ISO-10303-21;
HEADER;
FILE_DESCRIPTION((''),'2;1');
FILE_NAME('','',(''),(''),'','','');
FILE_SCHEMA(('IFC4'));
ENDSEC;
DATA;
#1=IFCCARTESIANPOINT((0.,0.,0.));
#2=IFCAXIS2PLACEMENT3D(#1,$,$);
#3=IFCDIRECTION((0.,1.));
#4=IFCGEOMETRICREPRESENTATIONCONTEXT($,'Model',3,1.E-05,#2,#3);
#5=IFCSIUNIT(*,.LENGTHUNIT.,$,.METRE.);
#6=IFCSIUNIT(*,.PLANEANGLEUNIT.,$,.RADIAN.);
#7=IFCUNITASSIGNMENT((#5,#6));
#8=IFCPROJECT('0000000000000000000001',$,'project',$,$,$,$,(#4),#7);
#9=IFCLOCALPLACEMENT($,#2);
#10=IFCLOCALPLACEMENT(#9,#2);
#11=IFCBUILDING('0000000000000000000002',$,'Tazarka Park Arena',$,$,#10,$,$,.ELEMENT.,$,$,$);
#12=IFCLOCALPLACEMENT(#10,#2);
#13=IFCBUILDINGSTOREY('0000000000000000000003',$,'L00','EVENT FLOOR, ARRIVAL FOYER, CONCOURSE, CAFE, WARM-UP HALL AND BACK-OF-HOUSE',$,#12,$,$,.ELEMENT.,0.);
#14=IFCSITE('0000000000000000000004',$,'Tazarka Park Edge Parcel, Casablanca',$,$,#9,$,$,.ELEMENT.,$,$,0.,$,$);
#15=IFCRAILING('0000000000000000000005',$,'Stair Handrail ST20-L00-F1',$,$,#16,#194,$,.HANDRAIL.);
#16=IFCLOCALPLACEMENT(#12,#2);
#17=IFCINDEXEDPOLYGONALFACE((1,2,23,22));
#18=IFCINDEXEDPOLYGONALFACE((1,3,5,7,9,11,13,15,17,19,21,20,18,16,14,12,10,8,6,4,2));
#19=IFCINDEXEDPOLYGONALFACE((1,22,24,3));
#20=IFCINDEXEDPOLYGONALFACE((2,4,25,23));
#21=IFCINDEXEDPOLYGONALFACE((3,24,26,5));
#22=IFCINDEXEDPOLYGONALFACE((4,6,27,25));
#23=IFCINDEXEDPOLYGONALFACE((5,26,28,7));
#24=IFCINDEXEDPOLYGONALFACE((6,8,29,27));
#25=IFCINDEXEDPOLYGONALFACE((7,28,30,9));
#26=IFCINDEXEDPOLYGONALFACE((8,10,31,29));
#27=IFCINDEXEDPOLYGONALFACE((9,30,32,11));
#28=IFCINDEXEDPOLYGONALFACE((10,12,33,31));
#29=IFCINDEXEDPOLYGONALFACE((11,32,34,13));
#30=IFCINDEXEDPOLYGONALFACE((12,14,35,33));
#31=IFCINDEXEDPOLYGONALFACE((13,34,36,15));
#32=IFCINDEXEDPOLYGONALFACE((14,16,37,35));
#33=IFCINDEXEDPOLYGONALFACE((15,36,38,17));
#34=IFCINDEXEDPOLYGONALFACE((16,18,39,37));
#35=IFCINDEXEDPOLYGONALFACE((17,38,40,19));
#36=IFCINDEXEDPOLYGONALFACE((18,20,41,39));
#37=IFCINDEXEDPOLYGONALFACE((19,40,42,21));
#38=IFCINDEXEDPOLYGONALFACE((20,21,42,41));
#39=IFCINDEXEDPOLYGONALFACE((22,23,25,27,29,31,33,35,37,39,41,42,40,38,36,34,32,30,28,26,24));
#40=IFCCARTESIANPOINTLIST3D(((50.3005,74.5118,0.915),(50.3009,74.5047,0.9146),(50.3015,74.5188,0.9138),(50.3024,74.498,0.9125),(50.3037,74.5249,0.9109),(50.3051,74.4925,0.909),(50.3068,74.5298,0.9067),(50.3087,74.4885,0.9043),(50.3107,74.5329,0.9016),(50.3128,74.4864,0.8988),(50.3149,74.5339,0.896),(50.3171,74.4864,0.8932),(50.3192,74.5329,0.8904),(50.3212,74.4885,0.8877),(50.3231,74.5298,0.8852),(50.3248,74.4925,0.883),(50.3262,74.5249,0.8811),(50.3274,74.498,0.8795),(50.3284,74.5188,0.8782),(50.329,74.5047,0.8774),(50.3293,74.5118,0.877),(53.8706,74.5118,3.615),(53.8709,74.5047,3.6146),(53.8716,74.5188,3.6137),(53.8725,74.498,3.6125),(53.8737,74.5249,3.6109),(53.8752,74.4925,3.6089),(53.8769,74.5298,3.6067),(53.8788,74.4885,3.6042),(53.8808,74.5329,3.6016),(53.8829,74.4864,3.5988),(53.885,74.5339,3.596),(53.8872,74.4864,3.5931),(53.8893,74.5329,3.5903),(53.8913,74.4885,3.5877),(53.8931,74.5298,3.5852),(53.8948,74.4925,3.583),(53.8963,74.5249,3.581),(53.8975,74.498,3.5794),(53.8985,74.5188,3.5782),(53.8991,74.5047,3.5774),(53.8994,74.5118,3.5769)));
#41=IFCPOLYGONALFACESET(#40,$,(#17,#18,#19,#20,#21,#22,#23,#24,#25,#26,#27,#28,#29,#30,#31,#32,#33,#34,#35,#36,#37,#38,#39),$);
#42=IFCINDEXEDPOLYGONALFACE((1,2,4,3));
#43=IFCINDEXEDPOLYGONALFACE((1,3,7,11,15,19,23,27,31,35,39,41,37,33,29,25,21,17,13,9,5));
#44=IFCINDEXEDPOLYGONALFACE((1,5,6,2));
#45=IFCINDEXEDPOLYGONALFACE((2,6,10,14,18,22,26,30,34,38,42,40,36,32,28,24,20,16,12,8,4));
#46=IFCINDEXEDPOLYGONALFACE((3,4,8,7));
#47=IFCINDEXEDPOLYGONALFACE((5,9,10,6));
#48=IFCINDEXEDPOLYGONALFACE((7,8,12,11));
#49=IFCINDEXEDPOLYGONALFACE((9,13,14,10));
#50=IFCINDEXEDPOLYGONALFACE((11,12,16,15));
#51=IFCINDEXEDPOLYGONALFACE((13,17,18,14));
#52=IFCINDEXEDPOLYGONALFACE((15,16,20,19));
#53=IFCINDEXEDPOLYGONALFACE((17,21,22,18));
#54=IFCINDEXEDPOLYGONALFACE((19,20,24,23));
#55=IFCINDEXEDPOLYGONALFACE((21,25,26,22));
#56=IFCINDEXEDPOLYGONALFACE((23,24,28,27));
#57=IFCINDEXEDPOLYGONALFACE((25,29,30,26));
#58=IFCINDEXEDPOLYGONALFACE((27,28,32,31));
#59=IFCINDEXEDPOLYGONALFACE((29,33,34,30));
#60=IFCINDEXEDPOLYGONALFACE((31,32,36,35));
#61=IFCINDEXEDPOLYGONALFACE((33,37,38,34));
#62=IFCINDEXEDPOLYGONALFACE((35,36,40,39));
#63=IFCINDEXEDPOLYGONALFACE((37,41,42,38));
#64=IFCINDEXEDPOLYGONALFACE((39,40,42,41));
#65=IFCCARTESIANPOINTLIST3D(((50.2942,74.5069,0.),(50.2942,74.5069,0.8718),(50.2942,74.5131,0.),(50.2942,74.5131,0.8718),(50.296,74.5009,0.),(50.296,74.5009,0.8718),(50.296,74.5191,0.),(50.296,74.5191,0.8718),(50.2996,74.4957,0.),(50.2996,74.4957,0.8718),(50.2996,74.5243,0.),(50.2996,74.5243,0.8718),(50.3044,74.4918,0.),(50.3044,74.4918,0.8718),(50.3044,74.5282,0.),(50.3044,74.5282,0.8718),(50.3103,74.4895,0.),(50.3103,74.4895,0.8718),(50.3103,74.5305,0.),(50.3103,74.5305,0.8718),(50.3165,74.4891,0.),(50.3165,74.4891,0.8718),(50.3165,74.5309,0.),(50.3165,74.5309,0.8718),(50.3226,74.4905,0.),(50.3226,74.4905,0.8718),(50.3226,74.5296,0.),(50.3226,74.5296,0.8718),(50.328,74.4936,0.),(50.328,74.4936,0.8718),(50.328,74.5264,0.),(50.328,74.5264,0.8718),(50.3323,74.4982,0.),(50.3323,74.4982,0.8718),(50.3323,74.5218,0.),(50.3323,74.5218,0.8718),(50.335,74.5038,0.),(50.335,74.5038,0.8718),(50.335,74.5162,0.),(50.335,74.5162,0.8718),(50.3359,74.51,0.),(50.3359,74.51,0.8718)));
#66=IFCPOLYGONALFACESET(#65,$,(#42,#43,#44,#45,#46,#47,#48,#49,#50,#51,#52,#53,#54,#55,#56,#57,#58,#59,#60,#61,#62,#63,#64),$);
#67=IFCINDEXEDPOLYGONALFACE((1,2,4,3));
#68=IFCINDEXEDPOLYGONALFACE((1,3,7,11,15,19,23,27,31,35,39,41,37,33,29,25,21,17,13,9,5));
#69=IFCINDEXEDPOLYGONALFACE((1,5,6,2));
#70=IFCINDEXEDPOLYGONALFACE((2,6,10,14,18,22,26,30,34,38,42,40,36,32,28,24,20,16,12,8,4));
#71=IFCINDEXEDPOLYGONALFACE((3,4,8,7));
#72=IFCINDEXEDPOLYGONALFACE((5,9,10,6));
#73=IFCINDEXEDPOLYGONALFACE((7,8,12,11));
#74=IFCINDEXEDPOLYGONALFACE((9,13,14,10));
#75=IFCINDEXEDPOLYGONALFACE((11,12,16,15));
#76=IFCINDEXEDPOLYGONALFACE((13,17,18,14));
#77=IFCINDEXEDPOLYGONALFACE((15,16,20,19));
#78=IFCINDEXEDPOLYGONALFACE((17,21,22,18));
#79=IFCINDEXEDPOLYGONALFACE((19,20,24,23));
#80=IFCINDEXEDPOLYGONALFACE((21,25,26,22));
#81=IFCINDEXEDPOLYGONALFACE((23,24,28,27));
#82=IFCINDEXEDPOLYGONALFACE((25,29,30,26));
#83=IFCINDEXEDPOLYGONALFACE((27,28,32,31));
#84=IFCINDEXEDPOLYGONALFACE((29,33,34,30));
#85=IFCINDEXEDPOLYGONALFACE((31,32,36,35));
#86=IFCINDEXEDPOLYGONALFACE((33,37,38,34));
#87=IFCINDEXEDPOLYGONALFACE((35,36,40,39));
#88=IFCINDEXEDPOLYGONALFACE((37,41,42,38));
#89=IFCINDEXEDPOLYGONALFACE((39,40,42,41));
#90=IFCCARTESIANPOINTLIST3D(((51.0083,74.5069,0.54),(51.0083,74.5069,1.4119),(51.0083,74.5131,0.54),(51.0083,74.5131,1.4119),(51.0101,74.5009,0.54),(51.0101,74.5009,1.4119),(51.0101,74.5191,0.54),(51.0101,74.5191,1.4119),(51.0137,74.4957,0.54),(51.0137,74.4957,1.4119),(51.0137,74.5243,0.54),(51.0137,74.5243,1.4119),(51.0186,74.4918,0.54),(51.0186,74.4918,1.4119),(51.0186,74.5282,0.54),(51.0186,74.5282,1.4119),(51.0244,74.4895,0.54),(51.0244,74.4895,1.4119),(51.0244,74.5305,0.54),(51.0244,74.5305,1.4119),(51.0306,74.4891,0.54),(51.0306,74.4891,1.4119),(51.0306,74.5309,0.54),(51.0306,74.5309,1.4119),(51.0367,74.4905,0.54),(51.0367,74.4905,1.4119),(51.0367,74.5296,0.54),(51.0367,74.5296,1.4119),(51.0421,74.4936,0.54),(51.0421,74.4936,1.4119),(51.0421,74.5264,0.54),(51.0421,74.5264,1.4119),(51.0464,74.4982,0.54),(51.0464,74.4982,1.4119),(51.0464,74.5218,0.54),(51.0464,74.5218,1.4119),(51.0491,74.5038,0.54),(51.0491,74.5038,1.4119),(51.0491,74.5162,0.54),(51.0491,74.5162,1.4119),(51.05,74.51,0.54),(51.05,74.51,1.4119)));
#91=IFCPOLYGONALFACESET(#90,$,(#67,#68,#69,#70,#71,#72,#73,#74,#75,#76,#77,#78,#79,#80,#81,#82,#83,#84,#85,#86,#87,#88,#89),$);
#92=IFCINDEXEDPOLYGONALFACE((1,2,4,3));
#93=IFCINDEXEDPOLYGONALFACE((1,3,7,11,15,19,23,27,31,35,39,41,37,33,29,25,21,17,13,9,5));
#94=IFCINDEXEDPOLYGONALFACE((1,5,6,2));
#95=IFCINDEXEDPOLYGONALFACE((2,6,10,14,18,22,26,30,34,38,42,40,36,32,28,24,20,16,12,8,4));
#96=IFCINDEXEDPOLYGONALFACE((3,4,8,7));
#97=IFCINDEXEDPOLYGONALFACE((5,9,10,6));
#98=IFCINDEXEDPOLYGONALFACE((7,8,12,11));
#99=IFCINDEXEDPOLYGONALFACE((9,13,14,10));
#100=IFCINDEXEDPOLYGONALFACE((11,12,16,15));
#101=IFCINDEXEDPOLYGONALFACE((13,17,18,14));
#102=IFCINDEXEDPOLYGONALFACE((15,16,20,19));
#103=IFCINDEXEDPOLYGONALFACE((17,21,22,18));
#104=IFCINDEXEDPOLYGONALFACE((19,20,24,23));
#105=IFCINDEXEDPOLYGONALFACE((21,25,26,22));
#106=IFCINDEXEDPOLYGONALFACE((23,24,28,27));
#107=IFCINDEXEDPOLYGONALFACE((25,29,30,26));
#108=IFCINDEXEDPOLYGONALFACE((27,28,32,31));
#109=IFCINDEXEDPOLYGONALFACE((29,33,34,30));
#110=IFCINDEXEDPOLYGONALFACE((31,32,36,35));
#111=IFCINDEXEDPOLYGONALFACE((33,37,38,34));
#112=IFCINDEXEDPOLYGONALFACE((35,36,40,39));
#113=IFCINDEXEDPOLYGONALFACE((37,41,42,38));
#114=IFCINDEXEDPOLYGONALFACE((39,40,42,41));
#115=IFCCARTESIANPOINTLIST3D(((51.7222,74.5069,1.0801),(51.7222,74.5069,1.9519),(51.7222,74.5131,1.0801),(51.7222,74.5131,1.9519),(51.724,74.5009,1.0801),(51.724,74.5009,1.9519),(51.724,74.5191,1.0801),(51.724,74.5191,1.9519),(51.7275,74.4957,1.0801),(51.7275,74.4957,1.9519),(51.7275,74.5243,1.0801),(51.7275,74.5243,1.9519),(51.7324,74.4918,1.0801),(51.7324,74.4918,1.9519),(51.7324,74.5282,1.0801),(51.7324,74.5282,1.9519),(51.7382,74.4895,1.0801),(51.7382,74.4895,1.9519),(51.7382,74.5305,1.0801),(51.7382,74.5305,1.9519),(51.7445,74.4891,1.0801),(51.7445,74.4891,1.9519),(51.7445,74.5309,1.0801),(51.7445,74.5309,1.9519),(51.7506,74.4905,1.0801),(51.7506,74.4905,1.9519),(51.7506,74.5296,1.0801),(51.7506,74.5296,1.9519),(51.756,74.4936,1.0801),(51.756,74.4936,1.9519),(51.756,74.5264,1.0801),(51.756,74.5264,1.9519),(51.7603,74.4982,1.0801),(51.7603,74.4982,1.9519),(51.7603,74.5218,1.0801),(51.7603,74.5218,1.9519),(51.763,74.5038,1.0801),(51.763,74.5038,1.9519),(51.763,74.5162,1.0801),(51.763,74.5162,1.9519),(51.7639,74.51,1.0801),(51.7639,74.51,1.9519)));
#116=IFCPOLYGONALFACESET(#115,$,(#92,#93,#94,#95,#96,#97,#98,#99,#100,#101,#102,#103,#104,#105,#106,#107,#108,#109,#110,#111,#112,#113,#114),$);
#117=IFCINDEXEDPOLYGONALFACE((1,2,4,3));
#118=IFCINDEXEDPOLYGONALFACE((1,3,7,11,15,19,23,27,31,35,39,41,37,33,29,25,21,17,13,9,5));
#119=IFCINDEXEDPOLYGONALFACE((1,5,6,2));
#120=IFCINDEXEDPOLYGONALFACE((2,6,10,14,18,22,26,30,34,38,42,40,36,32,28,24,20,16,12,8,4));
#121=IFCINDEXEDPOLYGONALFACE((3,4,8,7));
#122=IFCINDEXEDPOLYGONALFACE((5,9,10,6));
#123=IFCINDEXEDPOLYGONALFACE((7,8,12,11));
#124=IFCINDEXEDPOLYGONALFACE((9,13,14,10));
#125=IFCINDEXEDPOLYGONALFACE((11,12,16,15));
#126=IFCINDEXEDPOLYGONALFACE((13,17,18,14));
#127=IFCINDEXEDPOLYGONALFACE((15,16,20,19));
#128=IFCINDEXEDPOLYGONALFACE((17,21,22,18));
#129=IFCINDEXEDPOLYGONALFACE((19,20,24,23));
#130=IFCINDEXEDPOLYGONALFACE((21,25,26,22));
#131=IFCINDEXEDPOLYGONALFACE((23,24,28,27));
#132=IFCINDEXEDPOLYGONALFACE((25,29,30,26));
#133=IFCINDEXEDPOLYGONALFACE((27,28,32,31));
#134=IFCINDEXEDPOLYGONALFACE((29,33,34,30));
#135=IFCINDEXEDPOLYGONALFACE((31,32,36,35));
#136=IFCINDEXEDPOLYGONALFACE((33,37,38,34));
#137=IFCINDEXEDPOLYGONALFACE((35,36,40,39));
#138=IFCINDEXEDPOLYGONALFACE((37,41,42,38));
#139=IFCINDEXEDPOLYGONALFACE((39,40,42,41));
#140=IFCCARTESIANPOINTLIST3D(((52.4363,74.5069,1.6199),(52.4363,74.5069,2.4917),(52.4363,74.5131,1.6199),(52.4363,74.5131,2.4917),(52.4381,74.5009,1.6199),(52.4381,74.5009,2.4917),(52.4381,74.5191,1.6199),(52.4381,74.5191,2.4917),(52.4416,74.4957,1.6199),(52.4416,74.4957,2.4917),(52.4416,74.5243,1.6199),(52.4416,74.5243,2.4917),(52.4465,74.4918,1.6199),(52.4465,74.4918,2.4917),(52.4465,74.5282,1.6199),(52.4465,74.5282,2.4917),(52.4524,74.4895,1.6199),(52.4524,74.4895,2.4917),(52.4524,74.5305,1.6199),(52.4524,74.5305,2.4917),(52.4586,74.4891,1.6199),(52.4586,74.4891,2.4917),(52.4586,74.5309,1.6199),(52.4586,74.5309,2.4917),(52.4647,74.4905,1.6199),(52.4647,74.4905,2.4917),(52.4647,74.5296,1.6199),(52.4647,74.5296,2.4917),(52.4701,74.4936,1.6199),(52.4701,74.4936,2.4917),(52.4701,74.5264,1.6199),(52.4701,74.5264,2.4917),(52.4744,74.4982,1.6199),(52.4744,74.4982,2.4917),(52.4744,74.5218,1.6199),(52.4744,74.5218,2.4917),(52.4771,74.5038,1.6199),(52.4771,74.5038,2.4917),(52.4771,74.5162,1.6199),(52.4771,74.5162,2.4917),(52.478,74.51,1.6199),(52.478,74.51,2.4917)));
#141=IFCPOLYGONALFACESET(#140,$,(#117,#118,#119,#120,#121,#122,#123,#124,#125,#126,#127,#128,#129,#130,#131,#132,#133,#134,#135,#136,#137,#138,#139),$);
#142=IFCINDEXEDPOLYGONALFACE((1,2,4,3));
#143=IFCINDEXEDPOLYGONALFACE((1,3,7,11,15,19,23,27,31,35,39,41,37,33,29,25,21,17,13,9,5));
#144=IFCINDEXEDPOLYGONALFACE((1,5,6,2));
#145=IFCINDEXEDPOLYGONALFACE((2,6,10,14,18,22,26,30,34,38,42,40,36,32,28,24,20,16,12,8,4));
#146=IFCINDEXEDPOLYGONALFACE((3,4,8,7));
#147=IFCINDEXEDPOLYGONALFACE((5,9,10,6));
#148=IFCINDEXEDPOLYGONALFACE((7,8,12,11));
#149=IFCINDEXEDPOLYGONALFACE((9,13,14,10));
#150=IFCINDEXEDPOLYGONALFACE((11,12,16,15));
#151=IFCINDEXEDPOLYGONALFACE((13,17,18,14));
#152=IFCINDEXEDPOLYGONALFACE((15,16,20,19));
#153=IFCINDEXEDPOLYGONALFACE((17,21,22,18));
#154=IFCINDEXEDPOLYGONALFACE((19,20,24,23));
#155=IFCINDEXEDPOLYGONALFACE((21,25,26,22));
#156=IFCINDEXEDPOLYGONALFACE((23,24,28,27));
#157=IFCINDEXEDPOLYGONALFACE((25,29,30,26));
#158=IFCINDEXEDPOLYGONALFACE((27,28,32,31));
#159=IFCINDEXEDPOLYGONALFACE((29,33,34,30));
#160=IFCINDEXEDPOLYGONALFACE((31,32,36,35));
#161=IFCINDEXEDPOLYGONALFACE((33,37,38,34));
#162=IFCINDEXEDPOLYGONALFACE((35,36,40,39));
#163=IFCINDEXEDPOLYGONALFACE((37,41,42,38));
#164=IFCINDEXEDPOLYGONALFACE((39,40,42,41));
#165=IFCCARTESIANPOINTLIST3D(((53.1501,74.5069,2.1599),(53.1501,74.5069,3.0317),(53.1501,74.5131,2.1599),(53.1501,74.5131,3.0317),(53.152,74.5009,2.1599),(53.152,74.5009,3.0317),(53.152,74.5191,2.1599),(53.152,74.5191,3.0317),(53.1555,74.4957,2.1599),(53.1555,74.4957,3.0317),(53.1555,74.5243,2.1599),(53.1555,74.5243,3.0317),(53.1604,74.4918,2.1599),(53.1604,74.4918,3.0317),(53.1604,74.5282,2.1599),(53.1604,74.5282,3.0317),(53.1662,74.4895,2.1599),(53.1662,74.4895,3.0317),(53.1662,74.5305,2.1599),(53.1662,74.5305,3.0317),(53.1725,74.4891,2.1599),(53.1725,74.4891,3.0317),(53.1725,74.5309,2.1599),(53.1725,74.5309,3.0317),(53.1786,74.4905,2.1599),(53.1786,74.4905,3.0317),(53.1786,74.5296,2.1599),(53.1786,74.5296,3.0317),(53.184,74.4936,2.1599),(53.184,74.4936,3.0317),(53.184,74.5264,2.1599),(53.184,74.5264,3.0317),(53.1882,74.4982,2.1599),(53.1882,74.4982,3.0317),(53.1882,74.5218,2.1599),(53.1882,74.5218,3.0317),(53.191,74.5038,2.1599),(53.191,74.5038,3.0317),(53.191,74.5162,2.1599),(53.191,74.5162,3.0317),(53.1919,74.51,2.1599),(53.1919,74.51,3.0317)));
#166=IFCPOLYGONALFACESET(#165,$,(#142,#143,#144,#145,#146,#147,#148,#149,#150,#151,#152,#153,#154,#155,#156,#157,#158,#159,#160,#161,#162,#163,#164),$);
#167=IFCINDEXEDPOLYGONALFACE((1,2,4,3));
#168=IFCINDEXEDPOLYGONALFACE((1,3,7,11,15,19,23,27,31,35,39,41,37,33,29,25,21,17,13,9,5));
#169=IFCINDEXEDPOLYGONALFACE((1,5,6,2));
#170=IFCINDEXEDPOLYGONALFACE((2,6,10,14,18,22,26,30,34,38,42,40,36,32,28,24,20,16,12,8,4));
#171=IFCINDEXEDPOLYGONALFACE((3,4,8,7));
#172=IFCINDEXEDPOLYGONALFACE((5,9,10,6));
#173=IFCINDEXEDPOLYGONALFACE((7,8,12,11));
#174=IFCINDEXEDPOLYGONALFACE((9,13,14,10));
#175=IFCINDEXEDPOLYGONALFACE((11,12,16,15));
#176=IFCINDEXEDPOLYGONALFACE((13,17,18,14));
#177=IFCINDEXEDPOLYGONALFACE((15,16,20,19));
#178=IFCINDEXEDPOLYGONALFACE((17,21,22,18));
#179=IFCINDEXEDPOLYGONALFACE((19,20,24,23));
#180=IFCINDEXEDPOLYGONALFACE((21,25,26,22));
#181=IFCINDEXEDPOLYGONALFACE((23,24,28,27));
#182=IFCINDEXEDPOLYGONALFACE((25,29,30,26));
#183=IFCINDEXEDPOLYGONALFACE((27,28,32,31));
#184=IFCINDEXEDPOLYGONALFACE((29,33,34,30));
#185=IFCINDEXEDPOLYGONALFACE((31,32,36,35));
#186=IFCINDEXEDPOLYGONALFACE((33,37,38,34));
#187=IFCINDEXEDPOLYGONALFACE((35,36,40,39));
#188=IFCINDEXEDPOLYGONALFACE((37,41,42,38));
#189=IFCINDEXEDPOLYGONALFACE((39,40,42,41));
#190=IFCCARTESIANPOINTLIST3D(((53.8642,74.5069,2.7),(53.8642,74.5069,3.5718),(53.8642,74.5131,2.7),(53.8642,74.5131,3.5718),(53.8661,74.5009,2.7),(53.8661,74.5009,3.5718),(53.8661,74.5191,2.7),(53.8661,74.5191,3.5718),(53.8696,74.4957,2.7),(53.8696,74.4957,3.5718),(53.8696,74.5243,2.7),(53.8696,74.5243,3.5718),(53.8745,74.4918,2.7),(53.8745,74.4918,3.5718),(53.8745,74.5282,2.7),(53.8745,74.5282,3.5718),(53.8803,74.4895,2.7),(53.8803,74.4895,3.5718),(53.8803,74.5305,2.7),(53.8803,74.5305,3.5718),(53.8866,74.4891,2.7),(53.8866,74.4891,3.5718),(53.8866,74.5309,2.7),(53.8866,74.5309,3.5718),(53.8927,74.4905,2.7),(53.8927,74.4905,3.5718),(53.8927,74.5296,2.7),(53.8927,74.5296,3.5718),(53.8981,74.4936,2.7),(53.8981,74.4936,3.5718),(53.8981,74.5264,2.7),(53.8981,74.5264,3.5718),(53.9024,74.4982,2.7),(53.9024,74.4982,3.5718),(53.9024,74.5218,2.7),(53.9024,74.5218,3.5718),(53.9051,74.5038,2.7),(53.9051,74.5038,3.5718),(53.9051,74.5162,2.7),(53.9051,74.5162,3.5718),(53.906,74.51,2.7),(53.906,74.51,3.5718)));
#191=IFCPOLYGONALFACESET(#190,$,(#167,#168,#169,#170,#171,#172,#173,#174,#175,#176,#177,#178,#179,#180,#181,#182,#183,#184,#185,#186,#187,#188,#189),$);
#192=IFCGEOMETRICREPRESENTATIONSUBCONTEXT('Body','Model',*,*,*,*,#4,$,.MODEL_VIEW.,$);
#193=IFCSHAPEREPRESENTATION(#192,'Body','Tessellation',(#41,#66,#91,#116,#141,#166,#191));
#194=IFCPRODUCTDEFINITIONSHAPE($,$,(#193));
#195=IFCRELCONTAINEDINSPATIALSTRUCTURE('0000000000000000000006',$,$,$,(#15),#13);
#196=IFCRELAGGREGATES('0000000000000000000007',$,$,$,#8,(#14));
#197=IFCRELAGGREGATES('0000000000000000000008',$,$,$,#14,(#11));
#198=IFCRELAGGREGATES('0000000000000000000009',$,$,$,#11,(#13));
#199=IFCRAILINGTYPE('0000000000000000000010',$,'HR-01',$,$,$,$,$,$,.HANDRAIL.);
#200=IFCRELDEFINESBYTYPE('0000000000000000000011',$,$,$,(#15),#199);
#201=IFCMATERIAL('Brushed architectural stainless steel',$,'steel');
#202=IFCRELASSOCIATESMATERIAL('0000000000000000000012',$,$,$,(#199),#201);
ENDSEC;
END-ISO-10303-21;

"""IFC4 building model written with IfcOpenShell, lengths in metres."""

from ifc_helpers import new_model, si_unit, direction, frame, origin, origin_2d, place, context, subcontext, project, spatial, circle, extrude, material, type_object, element, save


model = new_model("IFC4")

# Units and contexts
model_context = context("Model", 3, precision=1e-05, world=origin(), true_north=direction((0.0, 1.0)))
body_context = subcontext(model_context, "Body", "Model", "MODEL_VIEW")
ifc_project = project(units=[si_unit("LENGTHUNIT", "METRE"), si_unit("PLANEANGLEUNIT", "RADIAN")], contexts=[model_context])

# Site, building, storey
site_placement = place(None, origin())
site = spatial("IfcSite", under=ifc_project, at=site_placement, Name="Tazarka Park Edge Parcel, Casablanca", CompositionType="ELEMENT", RefElevation=0.0)
building_placement = place(site_placement, origin())
building = spatial("IfcBuilding", under=site, at=building_placement, Name="Tazarka Park Arena", CompositionType="ELEMENT")
storey_placement = place(building_placement, origin())
storey = spatial("IfcBuildingStorey", under=building, at=storey_placement, Name="L00", Description="EVENT FLOOR, ARRIVAL FOYER, CONCOURSE, CAFE, WARM-UP HALL AND BACK-OF-HOUSE", CompositionType="ELEMENT", Elevation=0.0)

# Railing
ifc_material_1 = material(Name="Brushed architectural stainless steel", Category="steel")
railing_type_1 = type_object("IfcRailingType", Name="HR-01", PredefinedType="HANDRAIL", material=ifc_material_1)
railing_1_placement = place(storey_placement, frame((50.3149, 74.51, 0.0)))
element("IfcRailing", 1, at=railing_1_placement, inside=storey, type_object=railing_type_1, Name="Stair Handrail ST20-L00-F1", PredefinedType="HANDRAIL", context=body_context, shape_type="SweptSolid", body=[
    extrude(circle(Radius=0.0239, at=origin_2d()), frame((0.0, 0.0, 0.896), z_axis=(0.797591, 0.0, 0.603198), x_axis=(0.0, 1.0, 0.0)), (0.0, 0.0, 1.0), 4.4761),
    extrude(circle(Radius=0.021, at=origin_2d()), origin(), (0.0, 0.0, 1.0), 0.8718),
    extrude(circle(Radius=0.021, at=origin_2d()), frame((0.7141, 0.0, 0.54)), (0.0, 0.0, 1.0), 0.8718),
    extrude(circle(Radius=0.021, at=origin_2d()), frame((1.428, 0.0, 1.0801)), (0.0, 0.0, 1.0), 0.8718),
    extrude(circle(Radius=0.021, at=origin_2d()), frame((2.1421, 0.0, 1.6199)), (0.0, 0.0, 1.0), 0.8718),
    extrude(circle(Radius=0.021, at=origin_2d()), frame((2.856, 0.0, 2.1599)), (0.0, 0.0, 1.0), 0.8718),
    extrude(circle(Radius=0.021, at=origin_2d()), frame((3.5701, 0.0, 2.7)), (0.0, 0.0, 1.0), 0.8718),
])

save(model, "model.ifc")
